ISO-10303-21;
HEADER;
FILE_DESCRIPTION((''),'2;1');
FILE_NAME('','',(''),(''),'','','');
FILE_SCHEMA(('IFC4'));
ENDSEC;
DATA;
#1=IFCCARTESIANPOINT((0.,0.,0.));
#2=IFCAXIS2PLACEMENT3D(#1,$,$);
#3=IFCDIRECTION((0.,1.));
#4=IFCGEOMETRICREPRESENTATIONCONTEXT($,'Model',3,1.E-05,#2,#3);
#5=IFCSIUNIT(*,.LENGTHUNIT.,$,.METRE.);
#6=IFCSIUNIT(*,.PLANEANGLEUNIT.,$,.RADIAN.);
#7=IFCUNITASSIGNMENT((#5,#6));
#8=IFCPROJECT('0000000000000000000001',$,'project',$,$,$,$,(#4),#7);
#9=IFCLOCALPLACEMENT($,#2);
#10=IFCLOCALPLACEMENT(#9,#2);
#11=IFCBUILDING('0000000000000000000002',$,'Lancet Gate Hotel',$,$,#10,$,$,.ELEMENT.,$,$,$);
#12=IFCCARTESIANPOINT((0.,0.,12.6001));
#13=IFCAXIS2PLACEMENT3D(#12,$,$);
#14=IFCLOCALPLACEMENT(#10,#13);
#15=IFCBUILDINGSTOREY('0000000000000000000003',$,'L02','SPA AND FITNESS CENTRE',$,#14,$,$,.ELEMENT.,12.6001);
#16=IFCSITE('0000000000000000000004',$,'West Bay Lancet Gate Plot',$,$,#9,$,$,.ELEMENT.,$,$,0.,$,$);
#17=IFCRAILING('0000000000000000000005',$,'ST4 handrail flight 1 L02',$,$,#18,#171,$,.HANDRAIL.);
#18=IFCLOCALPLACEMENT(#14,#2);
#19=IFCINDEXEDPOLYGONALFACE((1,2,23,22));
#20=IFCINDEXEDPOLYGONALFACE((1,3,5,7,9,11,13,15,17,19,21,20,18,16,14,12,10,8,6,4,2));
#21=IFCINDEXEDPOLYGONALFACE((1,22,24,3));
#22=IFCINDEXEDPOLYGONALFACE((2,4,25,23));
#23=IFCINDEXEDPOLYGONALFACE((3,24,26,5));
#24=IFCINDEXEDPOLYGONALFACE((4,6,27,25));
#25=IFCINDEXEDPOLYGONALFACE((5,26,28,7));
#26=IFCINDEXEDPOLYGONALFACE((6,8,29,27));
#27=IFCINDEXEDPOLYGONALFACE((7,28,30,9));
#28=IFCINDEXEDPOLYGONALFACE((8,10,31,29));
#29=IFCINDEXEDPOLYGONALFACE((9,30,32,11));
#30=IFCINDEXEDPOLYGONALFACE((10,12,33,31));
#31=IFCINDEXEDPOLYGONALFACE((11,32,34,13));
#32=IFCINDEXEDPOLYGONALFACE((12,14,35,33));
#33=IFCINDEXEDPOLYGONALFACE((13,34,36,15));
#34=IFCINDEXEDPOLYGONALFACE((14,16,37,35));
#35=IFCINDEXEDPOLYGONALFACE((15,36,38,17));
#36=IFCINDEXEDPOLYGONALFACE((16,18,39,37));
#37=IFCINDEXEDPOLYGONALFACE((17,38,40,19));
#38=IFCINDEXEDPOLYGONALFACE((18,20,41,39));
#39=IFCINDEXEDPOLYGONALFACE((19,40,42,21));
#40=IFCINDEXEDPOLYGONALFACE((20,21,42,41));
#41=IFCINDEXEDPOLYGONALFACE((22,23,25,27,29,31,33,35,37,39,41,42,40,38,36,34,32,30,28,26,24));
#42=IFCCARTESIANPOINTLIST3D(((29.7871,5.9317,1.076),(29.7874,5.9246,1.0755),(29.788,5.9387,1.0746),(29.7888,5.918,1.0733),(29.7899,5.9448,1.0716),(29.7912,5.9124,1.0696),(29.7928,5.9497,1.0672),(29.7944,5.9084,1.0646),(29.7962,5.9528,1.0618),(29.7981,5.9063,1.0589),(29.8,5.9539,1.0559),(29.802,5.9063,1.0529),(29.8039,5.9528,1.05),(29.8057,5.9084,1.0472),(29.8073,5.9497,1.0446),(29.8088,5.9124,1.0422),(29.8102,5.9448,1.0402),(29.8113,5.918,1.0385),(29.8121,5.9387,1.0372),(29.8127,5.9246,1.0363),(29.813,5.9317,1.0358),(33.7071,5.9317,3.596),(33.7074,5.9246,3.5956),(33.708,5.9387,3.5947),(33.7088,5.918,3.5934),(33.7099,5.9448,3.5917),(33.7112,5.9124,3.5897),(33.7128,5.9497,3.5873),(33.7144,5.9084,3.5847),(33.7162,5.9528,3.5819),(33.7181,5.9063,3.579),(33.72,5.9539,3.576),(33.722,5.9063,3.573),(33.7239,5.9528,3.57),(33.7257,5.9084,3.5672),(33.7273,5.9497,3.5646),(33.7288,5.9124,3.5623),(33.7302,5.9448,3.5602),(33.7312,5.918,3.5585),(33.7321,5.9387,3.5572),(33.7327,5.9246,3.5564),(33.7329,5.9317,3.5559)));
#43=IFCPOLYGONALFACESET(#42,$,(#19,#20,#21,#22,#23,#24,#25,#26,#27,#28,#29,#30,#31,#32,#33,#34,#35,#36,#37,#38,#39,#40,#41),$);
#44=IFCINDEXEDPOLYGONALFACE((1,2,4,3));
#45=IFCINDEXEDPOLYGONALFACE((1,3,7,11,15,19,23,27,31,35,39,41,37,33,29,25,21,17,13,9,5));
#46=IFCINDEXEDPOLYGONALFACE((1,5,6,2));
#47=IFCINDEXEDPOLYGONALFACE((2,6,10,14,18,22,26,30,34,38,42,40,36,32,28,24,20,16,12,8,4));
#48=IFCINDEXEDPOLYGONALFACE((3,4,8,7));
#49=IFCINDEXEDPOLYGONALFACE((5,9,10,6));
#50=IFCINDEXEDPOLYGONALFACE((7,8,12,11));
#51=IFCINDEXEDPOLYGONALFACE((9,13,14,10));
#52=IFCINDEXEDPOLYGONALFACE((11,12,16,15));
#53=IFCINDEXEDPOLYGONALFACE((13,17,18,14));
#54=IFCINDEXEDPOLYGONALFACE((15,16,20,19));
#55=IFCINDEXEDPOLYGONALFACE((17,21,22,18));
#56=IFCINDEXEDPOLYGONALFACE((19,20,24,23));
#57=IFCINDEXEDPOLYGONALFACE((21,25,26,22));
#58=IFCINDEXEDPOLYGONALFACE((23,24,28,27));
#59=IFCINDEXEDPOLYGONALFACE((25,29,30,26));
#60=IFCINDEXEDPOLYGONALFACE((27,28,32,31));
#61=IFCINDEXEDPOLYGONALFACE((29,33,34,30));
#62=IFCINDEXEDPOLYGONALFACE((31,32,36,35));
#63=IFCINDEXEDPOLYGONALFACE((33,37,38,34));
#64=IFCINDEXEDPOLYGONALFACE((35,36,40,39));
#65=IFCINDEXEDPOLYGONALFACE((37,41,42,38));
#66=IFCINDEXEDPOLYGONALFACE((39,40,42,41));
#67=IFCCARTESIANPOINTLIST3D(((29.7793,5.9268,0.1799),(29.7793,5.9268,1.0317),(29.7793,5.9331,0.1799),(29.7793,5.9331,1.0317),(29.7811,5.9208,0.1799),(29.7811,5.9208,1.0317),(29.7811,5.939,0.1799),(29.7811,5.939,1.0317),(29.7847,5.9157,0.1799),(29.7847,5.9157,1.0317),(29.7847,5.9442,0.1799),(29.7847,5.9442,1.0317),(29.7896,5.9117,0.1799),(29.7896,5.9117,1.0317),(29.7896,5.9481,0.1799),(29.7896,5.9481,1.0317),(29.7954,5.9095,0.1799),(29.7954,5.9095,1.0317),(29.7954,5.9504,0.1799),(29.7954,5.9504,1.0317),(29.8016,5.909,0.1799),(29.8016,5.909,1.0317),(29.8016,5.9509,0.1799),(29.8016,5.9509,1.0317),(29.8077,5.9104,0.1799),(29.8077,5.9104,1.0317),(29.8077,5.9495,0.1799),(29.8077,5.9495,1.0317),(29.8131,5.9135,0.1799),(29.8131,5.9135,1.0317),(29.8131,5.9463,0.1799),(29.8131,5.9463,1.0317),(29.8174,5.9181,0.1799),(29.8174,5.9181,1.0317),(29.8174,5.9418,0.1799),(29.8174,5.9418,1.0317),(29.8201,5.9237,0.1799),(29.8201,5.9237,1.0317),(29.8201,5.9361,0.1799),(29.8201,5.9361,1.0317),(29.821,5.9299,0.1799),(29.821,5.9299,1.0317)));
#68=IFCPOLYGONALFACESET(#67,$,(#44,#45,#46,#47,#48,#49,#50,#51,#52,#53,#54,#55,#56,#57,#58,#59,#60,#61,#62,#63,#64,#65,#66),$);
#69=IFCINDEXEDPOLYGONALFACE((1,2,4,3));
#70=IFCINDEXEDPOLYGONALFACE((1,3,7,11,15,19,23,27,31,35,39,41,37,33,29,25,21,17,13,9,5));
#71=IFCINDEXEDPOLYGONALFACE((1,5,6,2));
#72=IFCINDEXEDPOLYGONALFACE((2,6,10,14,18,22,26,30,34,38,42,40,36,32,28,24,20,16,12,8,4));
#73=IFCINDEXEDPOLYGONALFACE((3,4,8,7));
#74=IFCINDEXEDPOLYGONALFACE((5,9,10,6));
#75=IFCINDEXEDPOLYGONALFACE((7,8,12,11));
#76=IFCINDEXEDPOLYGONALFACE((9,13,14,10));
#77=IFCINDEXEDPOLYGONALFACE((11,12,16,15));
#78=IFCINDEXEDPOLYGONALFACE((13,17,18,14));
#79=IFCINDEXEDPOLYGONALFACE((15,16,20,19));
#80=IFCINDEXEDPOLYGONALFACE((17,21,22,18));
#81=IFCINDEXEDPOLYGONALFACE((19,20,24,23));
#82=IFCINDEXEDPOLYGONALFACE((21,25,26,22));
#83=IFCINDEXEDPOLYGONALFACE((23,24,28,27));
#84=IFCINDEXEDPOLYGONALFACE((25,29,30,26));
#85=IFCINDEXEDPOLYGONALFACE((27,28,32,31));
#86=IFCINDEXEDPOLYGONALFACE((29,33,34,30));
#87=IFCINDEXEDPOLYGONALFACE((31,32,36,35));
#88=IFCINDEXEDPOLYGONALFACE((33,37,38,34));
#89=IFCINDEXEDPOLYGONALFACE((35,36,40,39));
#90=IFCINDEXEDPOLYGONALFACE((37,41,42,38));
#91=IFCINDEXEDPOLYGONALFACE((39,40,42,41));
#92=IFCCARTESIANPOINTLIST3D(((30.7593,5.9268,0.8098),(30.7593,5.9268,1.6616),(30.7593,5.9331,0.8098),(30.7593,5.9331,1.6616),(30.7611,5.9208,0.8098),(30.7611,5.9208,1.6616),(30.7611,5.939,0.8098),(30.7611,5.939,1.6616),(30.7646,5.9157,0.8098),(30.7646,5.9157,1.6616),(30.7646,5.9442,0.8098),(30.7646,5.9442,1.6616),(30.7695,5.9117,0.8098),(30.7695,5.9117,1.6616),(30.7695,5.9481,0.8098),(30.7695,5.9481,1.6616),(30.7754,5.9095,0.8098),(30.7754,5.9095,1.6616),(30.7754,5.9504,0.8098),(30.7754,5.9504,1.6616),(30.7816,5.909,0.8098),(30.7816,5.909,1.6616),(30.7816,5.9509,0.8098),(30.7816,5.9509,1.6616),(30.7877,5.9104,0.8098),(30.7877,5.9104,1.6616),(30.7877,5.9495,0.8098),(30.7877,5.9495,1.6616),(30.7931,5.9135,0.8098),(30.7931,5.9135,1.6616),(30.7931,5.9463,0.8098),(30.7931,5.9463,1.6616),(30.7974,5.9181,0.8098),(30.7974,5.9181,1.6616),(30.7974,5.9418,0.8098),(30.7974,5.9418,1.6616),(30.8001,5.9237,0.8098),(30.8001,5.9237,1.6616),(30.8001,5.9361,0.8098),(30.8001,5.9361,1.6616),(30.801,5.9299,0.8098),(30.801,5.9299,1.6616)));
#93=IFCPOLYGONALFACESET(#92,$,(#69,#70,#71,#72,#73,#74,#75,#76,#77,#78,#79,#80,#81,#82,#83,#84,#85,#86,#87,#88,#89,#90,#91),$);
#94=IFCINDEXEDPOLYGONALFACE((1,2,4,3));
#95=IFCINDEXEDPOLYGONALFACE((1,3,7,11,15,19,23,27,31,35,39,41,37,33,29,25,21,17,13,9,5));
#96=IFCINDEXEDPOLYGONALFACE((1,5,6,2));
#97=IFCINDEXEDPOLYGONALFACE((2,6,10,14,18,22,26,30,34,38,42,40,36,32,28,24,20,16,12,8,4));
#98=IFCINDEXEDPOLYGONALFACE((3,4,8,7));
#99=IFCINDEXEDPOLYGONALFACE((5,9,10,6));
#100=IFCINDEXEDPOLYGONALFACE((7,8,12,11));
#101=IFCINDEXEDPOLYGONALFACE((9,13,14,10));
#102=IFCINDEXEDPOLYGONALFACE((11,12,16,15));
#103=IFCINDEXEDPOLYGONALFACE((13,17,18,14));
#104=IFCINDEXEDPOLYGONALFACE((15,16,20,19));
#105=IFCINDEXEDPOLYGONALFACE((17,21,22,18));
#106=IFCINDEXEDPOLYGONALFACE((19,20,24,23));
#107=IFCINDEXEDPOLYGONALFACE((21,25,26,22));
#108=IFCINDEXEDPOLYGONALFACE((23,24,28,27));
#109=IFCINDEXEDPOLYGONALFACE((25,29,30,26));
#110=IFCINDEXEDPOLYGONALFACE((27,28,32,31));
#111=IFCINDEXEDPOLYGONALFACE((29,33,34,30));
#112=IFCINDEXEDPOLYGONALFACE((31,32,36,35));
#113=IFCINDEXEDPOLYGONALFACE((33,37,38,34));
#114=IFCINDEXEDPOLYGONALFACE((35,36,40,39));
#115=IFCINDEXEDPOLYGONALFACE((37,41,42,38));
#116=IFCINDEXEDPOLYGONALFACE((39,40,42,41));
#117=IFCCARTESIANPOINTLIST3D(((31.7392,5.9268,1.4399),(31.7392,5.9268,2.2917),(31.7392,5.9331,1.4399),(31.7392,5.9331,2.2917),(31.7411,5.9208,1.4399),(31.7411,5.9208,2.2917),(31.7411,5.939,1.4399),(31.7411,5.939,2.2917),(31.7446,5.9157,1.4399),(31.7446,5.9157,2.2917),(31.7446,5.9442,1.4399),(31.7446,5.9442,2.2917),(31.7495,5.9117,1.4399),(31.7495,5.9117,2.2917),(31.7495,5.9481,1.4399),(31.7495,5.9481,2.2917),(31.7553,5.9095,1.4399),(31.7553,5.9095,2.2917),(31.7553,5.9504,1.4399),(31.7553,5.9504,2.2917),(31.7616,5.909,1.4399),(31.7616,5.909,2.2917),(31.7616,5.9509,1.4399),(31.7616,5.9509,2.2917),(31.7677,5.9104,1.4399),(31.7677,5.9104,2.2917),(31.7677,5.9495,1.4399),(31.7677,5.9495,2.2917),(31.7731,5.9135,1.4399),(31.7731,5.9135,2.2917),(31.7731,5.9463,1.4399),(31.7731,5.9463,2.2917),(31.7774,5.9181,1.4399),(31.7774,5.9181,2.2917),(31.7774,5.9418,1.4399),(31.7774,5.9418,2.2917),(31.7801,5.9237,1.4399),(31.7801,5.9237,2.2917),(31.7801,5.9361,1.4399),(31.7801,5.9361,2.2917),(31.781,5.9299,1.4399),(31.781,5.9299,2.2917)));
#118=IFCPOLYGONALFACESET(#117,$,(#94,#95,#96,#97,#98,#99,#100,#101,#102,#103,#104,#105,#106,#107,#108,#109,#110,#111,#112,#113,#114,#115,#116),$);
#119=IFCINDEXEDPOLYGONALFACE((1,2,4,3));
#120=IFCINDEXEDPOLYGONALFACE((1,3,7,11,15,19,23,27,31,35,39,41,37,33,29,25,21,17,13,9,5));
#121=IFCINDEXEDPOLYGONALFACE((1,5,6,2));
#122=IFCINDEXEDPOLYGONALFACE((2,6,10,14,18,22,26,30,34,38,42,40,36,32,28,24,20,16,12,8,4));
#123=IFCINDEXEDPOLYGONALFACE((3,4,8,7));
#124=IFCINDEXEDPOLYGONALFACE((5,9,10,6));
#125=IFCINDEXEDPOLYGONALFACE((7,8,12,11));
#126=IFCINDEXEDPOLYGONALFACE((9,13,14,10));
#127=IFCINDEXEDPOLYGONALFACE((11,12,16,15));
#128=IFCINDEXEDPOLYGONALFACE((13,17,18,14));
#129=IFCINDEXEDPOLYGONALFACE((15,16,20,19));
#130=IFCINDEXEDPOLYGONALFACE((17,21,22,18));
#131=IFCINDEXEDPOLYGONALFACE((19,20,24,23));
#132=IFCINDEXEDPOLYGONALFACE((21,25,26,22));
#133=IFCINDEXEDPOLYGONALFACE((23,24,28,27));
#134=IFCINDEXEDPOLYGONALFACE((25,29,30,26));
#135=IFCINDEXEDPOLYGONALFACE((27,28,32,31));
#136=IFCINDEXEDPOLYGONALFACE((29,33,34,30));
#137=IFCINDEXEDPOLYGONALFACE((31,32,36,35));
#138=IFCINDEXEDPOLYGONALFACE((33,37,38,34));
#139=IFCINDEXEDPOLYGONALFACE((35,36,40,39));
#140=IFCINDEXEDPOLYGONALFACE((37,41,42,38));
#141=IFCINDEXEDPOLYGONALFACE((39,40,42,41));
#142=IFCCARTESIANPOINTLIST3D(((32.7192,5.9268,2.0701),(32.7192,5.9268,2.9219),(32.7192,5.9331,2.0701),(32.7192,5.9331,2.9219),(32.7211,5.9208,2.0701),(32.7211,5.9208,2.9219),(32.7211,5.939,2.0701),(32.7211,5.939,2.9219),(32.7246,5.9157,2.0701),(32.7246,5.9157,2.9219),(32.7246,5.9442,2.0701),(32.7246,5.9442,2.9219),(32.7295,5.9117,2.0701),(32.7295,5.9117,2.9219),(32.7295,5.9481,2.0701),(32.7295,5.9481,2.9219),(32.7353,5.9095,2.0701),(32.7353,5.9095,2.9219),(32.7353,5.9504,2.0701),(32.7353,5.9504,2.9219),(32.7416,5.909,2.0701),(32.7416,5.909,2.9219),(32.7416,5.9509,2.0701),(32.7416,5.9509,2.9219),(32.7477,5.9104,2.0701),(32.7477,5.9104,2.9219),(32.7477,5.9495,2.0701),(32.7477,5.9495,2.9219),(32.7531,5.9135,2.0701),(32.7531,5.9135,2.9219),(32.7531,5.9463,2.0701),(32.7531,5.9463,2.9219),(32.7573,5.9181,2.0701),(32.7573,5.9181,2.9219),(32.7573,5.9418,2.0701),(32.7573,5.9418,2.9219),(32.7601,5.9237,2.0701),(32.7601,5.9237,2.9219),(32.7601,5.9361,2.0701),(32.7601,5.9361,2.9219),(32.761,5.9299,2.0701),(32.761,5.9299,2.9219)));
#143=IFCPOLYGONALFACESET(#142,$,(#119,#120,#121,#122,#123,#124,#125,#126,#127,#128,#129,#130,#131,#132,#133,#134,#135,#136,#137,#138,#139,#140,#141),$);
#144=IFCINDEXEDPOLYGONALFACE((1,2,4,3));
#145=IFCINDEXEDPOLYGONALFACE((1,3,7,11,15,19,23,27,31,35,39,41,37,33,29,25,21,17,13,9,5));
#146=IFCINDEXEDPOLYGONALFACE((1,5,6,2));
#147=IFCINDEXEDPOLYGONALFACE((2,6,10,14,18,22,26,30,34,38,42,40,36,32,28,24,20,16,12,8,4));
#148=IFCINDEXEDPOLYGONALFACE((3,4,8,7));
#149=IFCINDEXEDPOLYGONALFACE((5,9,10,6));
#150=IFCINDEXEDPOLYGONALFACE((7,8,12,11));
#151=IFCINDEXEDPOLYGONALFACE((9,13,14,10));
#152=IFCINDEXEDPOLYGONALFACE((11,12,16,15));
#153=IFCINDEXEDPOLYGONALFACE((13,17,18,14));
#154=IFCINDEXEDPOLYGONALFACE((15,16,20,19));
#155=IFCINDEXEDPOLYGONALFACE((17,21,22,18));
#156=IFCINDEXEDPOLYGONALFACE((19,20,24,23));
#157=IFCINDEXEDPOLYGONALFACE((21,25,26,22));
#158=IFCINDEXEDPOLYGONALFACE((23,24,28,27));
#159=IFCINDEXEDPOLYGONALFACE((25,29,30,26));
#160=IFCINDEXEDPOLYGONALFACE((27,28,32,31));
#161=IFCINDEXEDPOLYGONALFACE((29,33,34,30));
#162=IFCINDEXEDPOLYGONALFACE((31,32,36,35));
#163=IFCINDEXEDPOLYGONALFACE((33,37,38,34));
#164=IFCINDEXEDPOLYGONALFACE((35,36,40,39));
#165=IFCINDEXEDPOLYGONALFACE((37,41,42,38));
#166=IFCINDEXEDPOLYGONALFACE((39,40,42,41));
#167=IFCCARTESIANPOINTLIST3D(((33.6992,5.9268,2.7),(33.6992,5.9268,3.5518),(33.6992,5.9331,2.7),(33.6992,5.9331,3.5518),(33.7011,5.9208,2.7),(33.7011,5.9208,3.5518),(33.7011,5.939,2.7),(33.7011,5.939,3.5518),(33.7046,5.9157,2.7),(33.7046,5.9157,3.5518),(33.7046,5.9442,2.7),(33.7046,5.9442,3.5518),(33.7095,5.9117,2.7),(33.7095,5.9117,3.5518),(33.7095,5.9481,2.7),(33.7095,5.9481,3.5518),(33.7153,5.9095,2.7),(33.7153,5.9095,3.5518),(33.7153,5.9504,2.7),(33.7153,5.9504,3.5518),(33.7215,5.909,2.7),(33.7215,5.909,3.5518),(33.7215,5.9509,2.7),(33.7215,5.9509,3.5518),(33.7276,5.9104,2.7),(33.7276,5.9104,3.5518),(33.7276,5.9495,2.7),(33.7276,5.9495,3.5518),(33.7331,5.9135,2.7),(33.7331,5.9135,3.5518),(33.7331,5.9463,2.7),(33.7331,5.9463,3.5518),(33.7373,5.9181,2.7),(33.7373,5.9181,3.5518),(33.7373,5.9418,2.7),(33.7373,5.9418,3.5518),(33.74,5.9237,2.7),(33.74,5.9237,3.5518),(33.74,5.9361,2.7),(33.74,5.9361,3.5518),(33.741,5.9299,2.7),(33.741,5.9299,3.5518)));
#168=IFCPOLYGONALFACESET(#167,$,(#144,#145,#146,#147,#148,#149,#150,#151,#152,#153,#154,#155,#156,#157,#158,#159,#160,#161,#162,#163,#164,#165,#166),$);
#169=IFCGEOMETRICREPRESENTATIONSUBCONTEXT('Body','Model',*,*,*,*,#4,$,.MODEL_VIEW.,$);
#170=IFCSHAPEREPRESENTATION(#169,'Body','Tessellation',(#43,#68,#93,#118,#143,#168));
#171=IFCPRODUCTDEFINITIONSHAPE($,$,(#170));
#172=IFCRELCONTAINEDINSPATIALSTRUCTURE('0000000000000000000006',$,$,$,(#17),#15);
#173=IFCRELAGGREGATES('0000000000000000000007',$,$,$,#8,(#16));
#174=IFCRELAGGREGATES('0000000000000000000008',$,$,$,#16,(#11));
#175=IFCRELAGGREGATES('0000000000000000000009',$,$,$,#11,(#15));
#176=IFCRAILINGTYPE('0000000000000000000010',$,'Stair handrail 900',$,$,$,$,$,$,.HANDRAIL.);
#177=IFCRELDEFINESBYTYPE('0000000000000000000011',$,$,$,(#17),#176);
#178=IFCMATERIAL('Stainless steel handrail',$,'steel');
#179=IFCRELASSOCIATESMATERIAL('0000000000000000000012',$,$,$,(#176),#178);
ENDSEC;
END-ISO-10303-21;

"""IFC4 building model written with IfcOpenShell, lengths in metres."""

from ifc_helpers import new_model, si_unit, direction, frame, origin, origin_2d, place, context, subcontext, project, spatial, circle, extrude, material, type_object, element, save


model = new_model("IFC4")

# Units and contexts
model_context = context("Model", 3, precision=1e-05, world=origin(), true_north=direction((0.0, 1.0)))
body_context = subcontext(model_context, "Body", "Model", "MODEL_VIEW")
ifc_project = project(units=[si_unit("LENGTHUNIT", "METRE"), si_unit("PLANEANGLEUNIT", "RADIAN")], contexts=[model_context])

# Site, building, storey
site_placement = place(None, origin())
site = spatial("IfcSite", under=ifc_project, at=site_placement, Name="West Bay Lancet Gate Plot", CompositionType="ELEMENT", RefElevation=0.0)
building_placement = place(site_placement, origin())
building = spatial("IfcBuilding", under=site, at=building_placement, Name="Lancet Gate Hotel", CompositionType="ELEMENT")
storey_placement = place(building_placement, frame((0.0, 0.0, 12.6001)))
storey = spatial("IfcBuildingStorey", under=building, at=storey_placement, Name="L02", Description="SPA AND FITNESS CENTRE", CompositionType="ELEMENT", Elevation=12.6001)

# Railing
ifc_material_1 = material(Name="Stainless steel handrail", Category="steel")
railing_type = type_object("IfcRailingType", Name="Stair handrail 900", PredefinedType="HANDRAIL", material=ifc_material_1)
railing_1_placement = place(storey_placement, frame((29.8, 5.9299, 0.1799)))
element("IfcRailing", 1, at=railing_1_placement, inside=storey, type_object=railing_type, Name="ST4 handrail flight 1 L02", PredefinedType="HANDRAIL", context=body_context, shape_type="SweptSolid", body=[
    extrude(circle(Radius=0.0239, at=origin_2d()), frame((0.0, 0.0, 0.876), z_axis=(0.841172, 0.0, 0.540768), x_axis=(0.0, 1.0, 0.0)), (0.0, 0.0, 1.0), 4.6602),
    extrude(circle(Radius=0.021, at=origin_2d()), origin(), (0.0, 0.0, 1.0), 0.8518),
    extrude(circle(Radius=0.021, at=origin_2d()), frame((0.98, 0.0, 0.6299)), (0.0, 0.0, 1.0), 0.8518),
    extrude(circle(Radius=0.021, at=origin_2d()), frame((1.96, 0.0, 1.26)), (0.0, 0.0, 1.0), 0.8518),
    extrude(circle(Radius=0.021, at=origin_2d()), frame((2.9399, 0.0, 1.8901)), (0.0, 0.0, 1.0), 0.8518),
    extrude(circle(Radius=0.021, at=origin_2d()), frame((3.9199, 0.0, 2.52)), (0.0, 0.0, 1.0), 0.8518),
])

save(model, "model.ifc")
